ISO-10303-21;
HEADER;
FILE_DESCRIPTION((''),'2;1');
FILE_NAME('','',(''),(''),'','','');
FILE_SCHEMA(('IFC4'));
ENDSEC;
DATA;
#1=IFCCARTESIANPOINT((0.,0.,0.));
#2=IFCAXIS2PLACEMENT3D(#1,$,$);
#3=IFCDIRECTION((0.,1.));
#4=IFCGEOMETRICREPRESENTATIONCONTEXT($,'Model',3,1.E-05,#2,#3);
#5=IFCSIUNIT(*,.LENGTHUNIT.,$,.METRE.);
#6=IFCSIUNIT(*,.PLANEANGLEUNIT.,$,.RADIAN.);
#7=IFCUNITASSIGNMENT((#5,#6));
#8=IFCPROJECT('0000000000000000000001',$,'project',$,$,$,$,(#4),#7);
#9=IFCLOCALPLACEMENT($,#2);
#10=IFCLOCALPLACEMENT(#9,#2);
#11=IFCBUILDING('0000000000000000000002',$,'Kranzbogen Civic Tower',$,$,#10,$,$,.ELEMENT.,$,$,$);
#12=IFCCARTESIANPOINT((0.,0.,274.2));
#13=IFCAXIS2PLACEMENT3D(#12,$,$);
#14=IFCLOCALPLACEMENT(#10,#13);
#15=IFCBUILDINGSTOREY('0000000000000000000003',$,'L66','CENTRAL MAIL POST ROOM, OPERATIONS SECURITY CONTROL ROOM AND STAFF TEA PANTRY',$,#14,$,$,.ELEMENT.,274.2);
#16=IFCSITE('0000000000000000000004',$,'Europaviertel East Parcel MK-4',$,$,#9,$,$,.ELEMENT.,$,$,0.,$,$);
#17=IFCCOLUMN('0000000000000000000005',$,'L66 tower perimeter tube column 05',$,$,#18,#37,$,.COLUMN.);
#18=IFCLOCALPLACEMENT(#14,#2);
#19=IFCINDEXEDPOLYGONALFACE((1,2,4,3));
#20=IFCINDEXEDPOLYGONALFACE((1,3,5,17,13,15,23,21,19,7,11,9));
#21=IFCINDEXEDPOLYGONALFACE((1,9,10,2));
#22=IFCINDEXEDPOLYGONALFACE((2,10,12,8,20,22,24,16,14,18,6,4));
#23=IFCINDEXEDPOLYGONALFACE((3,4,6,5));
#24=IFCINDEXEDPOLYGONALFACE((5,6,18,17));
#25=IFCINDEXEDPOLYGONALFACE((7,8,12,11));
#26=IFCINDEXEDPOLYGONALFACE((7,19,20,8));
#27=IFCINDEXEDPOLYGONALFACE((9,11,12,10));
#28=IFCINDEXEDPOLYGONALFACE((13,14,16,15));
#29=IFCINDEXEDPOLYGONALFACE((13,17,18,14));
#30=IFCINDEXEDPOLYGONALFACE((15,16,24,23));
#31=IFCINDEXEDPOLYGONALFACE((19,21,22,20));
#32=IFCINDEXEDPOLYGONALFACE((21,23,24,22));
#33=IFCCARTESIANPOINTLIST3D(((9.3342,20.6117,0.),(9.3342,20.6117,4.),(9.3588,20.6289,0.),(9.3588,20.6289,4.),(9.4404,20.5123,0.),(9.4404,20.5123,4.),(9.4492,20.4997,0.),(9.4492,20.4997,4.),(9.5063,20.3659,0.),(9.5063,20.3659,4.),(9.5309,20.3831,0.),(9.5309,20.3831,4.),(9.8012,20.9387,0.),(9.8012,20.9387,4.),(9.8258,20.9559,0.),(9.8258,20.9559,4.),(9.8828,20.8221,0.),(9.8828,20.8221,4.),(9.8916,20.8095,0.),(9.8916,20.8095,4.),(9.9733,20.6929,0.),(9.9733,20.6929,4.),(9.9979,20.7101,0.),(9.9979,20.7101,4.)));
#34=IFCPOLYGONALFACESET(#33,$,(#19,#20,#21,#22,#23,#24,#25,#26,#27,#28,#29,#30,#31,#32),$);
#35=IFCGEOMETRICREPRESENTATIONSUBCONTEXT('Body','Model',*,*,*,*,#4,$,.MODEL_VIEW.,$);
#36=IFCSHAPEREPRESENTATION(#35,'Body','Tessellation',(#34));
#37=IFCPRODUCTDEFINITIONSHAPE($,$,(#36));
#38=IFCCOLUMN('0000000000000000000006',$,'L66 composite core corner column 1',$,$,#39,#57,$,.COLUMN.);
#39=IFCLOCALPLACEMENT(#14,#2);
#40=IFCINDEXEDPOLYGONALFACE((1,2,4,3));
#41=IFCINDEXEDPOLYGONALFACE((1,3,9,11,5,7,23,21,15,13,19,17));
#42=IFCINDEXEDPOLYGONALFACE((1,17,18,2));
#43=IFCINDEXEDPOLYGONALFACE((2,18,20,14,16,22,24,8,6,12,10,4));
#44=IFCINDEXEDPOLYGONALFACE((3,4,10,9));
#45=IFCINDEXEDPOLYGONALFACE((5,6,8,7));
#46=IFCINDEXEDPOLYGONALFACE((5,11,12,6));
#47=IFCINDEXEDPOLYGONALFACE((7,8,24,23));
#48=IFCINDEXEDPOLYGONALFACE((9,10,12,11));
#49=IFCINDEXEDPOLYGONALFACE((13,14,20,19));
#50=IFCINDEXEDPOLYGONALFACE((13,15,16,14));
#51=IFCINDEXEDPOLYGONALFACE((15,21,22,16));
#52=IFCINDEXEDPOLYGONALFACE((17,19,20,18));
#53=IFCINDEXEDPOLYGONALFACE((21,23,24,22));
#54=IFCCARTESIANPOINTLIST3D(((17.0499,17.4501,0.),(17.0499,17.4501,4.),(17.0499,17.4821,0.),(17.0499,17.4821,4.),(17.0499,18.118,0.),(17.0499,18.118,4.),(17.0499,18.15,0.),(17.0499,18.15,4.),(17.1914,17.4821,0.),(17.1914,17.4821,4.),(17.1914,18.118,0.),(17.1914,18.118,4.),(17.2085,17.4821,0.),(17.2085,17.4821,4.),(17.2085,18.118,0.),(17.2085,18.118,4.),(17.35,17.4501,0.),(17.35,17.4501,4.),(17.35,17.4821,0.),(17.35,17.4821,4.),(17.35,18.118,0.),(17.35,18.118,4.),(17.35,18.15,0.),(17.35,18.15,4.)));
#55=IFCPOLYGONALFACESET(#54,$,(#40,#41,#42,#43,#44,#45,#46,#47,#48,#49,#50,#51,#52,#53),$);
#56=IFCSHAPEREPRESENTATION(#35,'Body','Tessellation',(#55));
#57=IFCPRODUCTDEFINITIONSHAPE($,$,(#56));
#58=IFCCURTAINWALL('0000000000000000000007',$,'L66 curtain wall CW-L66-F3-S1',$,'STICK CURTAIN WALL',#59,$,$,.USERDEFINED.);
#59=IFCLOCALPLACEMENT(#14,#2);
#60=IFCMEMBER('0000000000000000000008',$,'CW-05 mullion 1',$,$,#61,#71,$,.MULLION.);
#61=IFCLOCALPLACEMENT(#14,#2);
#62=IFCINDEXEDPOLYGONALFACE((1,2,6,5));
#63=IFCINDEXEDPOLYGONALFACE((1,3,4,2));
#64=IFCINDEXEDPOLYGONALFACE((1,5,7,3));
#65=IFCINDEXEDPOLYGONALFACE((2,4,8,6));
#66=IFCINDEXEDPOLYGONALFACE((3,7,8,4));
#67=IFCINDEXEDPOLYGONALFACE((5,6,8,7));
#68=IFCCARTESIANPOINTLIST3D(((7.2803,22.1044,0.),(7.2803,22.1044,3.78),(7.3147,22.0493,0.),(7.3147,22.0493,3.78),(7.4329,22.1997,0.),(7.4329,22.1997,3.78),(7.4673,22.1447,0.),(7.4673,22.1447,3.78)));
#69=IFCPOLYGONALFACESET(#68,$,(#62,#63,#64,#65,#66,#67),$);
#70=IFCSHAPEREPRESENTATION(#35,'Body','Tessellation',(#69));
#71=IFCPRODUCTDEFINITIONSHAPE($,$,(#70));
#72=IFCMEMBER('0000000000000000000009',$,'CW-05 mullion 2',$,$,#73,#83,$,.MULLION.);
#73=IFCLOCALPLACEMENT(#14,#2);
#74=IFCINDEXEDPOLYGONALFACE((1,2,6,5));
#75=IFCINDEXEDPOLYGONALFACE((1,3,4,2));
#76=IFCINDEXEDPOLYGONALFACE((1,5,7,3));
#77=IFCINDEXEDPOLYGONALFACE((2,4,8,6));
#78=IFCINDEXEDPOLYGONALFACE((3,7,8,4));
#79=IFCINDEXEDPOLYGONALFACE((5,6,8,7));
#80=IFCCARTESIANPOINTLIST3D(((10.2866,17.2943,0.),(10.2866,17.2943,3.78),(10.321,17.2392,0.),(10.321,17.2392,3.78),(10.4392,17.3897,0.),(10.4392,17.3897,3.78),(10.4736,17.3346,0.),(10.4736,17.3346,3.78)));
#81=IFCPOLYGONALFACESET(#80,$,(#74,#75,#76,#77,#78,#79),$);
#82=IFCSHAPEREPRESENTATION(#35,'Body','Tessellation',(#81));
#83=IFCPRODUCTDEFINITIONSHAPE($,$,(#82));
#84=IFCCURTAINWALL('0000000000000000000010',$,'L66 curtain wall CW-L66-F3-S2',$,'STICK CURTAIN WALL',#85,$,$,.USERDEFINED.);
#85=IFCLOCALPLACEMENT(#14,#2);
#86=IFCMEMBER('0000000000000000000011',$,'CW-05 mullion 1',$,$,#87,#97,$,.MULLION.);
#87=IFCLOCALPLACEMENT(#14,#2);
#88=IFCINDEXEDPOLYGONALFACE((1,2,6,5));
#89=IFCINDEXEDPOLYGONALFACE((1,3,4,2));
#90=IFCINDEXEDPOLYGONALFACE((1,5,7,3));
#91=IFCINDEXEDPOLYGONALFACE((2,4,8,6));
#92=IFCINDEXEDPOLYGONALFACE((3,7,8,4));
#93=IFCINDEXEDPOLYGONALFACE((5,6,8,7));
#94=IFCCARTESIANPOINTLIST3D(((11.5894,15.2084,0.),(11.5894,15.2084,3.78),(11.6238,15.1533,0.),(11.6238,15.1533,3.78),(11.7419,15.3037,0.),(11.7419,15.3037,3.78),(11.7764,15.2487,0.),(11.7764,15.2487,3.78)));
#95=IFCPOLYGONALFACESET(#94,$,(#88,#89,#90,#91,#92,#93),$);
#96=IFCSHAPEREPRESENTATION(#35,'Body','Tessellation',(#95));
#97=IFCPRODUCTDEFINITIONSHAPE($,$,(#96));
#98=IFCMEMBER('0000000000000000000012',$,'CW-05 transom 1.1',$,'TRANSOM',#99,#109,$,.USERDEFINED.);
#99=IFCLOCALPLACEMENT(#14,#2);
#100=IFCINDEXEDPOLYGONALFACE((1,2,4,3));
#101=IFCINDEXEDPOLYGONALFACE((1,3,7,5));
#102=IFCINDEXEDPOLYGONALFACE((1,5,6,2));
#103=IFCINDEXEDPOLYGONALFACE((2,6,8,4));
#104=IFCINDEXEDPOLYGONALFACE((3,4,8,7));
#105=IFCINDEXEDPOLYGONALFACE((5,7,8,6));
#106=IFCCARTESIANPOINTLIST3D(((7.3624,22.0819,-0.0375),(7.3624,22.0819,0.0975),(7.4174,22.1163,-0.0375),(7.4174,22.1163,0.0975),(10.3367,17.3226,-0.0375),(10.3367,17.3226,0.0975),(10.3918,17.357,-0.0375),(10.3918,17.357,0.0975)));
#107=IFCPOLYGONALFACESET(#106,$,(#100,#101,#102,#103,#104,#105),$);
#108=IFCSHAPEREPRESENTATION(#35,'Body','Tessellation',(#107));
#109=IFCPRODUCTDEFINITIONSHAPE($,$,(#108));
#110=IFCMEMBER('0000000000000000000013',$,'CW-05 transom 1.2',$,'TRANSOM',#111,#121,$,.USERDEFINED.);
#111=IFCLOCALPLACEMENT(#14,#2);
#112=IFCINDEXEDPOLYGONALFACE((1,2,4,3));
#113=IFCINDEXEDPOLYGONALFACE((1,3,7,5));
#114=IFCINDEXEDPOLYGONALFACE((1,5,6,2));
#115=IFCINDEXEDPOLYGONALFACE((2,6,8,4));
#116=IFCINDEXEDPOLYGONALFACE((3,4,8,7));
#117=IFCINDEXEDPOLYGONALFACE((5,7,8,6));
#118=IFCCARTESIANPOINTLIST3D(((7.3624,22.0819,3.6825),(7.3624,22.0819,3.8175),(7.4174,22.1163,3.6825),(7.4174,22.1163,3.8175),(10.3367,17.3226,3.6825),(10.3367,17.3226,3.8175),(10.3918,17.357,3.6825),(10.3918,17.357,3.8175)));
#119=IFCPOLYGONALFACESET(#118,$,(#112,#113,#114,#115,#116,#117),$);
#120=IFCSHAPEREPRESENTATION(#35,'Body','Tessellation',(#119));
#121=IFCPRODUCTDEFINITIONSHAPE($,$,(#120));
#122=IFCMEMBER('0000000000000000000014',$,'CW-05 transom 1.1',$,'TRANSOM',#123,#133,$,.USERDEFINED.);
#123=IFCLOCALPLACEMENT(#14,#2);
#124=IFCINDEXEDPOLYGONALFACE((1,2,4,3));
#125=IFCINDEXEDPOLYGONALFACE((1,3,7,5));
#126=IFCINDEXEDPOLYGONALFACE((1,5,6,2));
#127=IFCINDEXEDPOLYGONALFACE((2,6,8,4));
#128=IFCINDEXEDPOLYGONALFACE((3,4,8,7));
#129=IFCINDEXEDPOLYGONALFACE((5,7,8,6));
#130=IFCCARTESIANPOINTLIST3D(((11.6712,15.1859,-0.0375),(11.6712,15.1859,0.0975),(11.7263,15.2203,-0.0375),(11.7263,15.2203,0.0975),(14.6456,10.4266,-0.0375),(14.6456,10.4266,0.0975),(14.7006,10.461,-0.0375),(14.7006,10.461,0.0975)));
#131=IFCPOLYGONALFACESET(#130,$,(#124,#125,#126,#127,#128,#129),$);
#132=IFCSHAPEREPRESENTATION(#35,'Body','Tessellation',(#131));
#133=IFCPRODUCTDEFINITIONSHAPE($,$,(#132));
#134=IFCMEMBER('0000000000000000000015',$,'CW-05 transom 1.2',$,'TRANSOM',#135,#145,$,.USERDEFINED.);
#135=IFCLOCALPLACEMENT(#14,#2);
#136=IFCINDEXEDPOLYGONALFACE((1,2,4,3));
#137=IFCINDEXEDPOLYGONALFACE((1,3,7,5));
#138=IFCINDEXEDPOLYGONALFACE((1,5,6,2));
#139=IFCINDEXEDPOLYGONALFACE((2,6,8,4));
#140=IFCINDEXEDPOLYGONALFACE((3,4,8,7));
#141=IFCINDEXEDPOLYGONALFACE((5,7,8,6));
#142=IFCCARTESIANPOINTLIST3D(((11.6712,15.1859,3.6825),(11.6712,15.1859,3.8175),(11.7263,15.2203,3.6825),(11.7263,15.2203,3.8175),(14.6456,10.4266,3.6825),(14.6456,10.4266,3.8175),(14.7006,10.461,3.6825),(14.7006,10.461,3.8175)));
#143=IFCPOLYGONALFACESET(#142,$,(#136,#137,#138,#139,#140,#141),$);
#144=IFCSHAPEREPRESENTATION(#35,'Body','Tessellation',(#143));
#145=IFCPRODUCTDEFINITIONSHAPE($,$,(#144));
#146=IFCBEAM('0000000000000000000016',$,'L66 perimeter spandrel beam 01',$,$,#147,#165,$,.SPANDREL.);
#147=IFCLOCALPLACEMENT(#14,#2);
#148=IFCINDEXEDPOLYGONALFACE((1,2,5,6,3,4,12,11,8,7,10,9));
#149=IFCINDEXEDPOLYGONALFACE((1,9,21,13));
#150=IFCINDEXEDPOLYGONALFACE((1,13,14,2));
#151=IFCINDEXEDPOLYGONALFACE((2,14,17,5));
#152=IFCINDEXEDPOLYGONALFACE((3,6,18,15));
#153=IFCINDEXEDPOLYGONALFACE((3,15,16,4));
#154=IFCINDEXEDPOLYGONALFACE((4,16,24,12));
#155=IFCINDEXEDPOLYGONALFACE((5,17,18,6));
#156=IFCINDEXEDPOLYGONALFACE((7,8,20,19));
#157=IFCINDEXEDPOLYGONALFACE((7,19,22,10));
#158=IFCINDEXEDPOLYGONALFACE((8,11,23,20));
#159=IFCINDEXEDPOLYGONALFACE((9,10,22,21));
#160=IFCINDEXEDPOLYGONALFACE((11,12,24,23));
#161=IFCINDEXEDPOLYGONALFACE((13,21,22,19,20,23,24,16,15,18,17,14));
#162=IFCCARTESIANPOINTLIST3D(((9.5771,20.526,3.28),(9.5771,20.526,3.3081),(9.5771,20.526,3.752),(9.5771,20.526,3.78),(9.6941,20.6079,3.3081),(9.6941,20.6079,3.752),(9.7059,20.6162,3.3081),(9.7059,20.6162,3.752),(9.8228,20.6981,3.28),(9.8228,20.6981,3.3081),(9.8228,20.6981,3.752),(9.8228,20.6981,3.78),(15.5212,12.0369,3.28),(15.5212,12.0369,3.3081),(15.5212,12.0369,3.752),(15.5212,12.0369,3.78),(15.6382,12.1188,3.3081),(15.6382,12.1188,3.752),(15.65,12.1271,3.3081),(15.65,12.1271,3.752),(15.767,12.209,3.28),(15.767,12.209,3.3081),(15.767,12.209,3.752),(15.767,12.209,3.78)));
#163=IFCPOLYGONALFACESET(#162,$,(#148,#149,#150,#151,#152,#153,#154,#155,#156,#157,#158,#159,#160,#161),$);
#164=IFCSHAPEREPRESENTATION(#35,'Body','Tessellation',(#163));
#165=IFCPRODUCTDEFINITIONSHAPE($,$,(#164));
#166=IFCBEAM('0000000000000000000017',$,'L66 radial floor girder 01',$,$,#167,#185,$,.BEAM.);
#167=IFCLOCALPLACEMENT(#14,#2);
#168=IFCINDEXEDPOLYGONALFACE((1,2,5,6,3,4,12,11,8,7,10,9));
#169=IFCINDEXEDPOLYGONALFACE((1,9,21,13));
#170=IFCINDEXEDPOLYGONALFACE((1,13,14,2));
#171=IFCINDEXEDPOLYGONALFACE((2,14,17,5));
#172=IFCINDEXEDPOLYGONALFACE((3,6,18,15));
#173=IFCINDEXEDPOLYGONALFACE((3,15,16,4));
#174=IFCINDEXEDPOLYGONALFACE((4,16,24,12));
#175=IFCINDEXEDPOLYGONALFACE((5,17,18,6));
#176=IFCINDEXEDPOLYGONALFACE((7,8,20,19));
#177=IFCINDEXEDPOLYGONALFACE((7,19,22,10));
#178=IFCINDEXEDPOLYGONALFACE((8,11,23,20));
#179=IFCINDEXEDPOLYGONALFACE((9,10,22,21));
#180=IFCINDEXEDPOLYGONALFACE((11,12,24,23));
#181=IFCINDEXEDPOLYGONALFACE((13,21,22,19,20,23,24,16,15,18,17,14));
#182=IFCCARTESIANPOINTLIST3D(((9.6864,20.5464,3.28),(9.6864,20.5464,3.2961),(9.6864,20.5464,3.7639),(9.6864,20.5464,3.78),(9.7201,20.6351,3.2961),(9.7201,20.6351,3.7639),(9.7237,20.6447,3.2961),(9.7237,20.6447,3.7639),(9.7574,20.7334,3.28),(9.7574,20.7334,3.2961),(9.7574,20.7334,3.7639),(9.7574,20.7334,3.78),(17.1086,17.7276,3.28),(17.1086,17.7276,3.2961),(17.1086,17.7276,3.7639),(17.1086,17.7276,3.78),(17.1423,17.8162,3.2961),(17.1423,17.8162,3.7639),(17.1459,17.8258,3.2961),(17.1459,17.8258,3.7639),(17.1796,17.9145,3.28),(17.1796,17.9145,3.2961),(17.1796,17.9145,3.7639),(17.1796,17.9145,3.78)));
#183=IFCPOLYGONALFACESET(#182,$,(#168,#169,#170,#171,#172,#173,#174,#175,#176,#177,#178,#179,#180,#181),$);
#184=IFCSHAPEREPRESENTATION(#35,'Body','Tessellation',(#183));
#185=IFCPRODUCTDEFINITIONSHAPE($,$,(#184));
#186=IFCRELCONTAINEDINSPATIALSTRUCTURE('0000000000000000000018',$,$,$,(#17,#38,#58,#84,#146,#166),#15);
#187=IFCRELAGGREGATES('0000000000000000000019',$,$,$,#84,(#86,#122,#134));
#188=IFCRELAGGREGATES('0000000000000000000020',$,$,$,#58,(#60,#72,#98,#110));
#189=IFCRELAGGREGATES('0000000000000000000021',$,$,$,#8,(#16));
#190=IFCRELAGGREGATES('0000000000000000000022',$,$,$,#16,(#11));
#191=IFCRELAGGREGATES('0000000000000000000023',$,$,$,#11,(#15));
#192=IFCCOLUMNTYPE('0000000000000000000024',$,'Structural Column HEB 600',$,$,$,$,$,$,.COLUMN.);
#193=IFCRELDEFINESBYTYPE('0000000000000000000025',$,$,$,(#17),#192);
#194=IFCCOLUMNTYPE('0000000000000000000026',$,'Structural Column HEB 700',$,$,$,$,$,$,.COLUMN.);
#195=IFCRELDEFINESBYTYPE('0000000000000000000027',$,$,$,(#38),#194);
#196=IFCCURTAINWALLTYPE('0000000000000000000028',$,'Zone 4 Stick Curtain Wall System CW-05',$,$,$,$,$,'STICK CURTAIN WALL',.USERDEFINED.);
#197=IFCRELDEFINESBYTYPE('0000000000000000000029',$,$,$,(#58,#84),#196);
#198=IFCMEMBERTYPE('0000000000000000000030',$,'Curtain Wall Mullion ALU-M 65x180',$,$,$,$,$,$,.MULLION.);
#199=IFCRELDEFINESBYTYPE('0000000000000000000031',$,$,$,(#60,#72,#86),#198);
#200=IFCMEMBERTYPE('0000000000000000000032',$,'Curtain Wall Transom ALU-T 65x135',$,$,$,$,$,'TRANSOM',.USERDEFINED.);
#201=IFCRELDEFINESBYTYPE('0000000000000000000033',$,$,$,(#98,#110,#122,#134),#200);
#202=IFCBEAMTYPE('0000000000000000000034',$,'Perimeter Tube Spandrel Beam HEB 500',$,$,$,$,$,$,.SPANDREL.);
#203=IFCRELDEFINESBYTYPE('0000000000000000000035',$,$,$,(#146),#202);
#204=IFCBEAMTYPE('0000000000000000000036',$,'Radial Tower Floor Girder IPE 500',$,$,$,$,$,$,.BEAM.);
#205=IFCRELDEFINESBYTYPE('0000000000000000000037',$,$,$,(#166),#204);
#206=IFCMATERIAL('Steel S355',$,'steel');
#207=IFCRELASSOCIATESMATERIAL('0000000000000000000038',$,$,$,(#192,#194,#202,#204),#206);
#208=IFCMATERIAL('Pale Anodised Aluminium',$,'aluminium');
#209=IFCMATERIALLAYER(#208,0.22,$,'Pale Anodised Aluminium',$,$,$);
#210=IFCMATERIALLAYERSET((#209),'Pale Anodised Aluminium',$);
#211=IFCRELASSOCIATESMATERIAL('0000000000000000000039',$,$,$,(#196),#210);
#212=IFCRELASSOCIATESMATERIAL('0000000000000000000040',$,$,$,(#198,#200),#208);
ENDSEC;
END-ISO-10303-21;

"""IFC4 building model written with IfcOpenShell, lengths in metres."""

from ifc_helpers import new_model, si_unit, direction, frame, origin, origin_2d, place, context, subcontext, project, spatial, rectangle, i_section, extrude, material, layer, layer_set, material_profile, profile_set, type_object, element, aggregate, save


model = new_model("IFC4")

# Units and contexts
model_context = context("Model", 3, precision=1e-05, world=origin(), true_north=direction((0.0, 1.0)))
body_context = subcontext(model_context, "Body", "Model", "MODEL_VIEW")
ifc_project = project(units=[si_unit("LENGTHUNIT", "METRE"), si_unit("PLANEANGLEUNIT", "RADIAN")], contexts=[model_context])

# Site, building, storey
site_placement = place(None, origin())
site = spatial("IfcSite", under=ifc_project, at=site_placement, Name="Europaviertel East Parcel MK-4", CompositionType="ELEMENT", RefElevation=0.0)
building_placement = place(site_placement, origin())
building = spatial("IfcBuilding", under=site, at=building_placement, Name="Kranzbogen Civic Tower", CompositionType="ELEMENT")
storey_placement = place(building_placement, frame((0.0, 0.0, 274.2)))
storey = spatial("IfcBuildingStorey", under=building, at=storey_placement, Name="L66", Description="CENTRAL MAIL POST ROOM, OPERATIONS SECURITY CONTROL ROOM AND STAFF TEA PANTRY", CompositionType="ELEMENT", Elevation=274.2)

# Columns
ifc_material_1 = material(Name="Steel S355", Category="steel")
ifc_material_profile_1 = material_profile(ifc_material_1, i_section(OverallWidth=0.3, OverallDepth=0.6001, WebThickness=0.0154, FlangeThickness=0.03, at=origin_2d()), Name="HEB 600")
ifc_profile_set_1 = profile_set([ifc_material_profile_1], Name="Steel S355")
column_type_1 = type_object("IfcColumnType", Name="Structural Column HEB 600", PredefinedType="COLUMN", material=ifc_profile_set_1)
column_1_placement = place(storey_placement, frame((9.666, 20.6609, 0.0), z_axis=(0.0, 0.0, 1.0), x_axis=(-0.573576, 0.819152, 0.0)))
element("IfcColumn", 1, at=column_1_placement, inside=storey, type_object=column_type_1, Name="L66 tower perimeter tube column 05", PredefinedType="COLUMN", context=body_context, shape_type="SweptSolid", body=[
    extrude(i_section(OverallWidth=0.3, OverallDepth=0.6001, WebThickness=0.0154, FlangeThickness=0.03, at=origin_2d()), origin(), (0.0, 0.0, 1.0), 4.0),
])
ifc_material_profile_2 = material_profile(ifc_material_1, i_section(OverallWidth=0.3, OverallDepth=0.7, WebThickness=0.0171, FlangeThickness=0.032, at=origin_2d()), Name="HEB 700")
ifc_profile_set_2 = profile_set([ifc_material_profile_2], Name="Steel S355")
column_type_2 = type_object("IfcColumnType", Name="Structural Column HEB 700", PredefinedType="COLUMN", material=ifc_profile_set_2)
column_2_placement = place(storey_placement, frame((17.2, 17.8, 0.0), z_axis=(0.0, 0.0, 1.0), x_axis=(1.0, 0.0, 0.0)))
element("IfcColumn", 2, at=column_2_placement, inside=storey, type_object=column_type_2, Name="L66 composite core corner column 1", PredefinedType="COLUMN", context=body_context, shape_type="SweptSolid", body=[
    extrude(i_section(OverallWidth=0.3, OverallDepth=0.7, WebThickness=0.0171, FlangeThickness=0.032, at=origin_2d()), origin(), (0.0, 0.0, 1.0), 4.0),
])

# Curtain wall, members
ifc_material_2 = material(Name="Pale Anodised Aluminium", Category="aluminium")
ifc_layer_1 = layer(ifc_material_2, 0.22, Name="Pale Anodised Aluminium")
ifc_layer_set_1 = layer_set([ifc_layer_1], Name="Pale Anodised Aluminium")
curtain_wall_type = type_object("IfcCurtainWallType", Name="Zone 4 Stick Curtain Wall System CW-05", ElementType="STICK CURTAIN WALL", PredefinedType="USERDEFINED", material=ifc_layer_set_1)
curtain_wall_1_placement = place(storey_placement, origin())
curtain_wall_1 = element("IfcCurtainWall", 3, at=curtain_wall_1_placement, inside=storey, type_object=curtain_wall_type, Name="L66 curtain wall CW-L66-F3-S1", ObjectType="STICK CURTAIN WALL", PredefinedType="USERDEFINED")
ifc_material_profile_3 = material_profile(ifc_material_2, rectangle(XDim=0.0649, YDim=0.1799, at=origin_2d()), Name="ALU-M 65x180")
ifc_profile_set_3 = profile_set([ifc_material_profile_3], Name="Pale Anodised Aluminium")
member_type_1 = type_object("IfcMemberType", Name="Curtain Wall Mullion ALU-M 65x180", PredefinedType="MULLION", material=ifc_profile_set_3)
member_1_placement = place(storey_placement, frame((7.3738, 22.1245, 0.0), z_axis=(0.0, 0.0, 1.0), x_axis=(0.529983, -0.848008, 0.0)))
member_1 = element("IfcMember", 4, at=member_1_placement, type_object=member_type_1, Name="CW-05 mullion 1", PredefinedType="MULLION", context=body_context, shape_type="SweptSolid", body=[
    extrude(rectangle(XDim=0.0649, YDim=0.1799, at=origin_2d()), origin(), (0.0, 0.0, 1.0), 3.78),
])
member_2_placement = place(storey_placement, frame((10.3801, 17.3145, 0.0), z_axis=(0.0, 0.0, 1.0), x_axis=(0.529983, -0.848008, 0.0)))
member_2 = element("IfcMember", 5, at=member_2_placement, type_object=member_type_1, Name="CW-05 mullion 2", PredefinedType="MULLION", context=body_context, shape_type="SweptSolid", body=[
    extrude(rectangle(XDim=0.0649, YDim=0.1799, at=origin_2d()), origin(), (0.0, 0.0, 1.0), 3.78),
])

# Curtain wall, member
curtain_wall_2_placement = place(storey_placement, origin())
curtain_wall_2 = element("IfcCurtainWall", 6, at=curtain_wall_2_placement, inside=storey, type_object=curtain_wall_type, Name="L66 curtain wall CW-L66-F3-S2", ObjectType="STICK CURTAIN WALL", PredefinedType="USERDEFINED")
member_3_placement = place(storey_placement, frame((11.6829, 15.2285, 0.0), z_axis=(0.0, 0.0, 1.0), x_axis=(0.529983, -0.848008, 0.0)))
member_3 = element("IfcMember", 7, at=member_3_placement, type_object=member_type_1, Name="CW-05 mullion 1", PredefinedType="MULLION", context=body_context, shape_type="SweptSolid", body=[
    extrude(rectangle(XDim=0.0649, YDim=0.1799, at=origin_2d()), origin(), (0.0, 0.0, 1.0), 3.78),
])

# Members
ifc_material_profile_4 = material_profile(ifc_material_2, rectangle(XDim=0.0649, YDim=0.135, at=origin_2d()), Name="ALU-T 65x135")
ifc_profile_set_4 = profile_set([ifc_material_profile_4], Name="Pale Anodised Aluminium")
member_type_2 = type_object("IfcMemberType", Name="Curtain Wall Transom ALU-T 65x135", ElementType="TRANSOM", PredefinedType="USERDEFINED", material=ifc_profile_set_4)
member_4_placement = place(storey_placement, frame((7.3899, 22.0991, 0.03), z_axis=(0.529975, -0.848013, 0.0), x_axis=(0.848013, 0.529975, 0.0)))
member_4 = element("IfcMember", 8, at=member_4_placement, type_object=member_type_2, Name="CW-05 transom 1.1", ObjectType="TRANSOM", PredefinedType="USERDEFINED", context=body_context, shape_type="SweptSolid", body=[
    extrude(rectangle(XDim=0.0649, YDim=0.135, at=origin_2d()), origin(), (0.0, 0.0, 1.0), 5.6123),
])
member_5_placement = place(storey_placement, frame((7.3899, 22.0991, 3.75), z_axis=(0.529975, -0.848013, 0.0), x_axis=(0.848013, 0.529975, 0.0)))
member_5 = element("IfcMember", 9, at=member_5_placement, type_object=member_type_2, Name="CW-05 transom 1.2", ObjectType="TRANSOM", PredefinedType="USERDEFINED", context=body_context, shape_type="SweptSolid", body=[
    extrude(rectangle(XDim=0.0649, YDim=0.135, at=origin_2d()), origin(), (0.0, 0.0, 1.0), 5.6123),
])
member_6_placement = place(storey_placement, frame((11.6987, 15.2031, 0.03), z_axis=(0.529975, -0.848013, 0.0), x_axis=(0.848013, 0.529975, 0.0)))
member_6 = element("IfcMember", 10, at=member_6_placement, type_object=member_type_2, Name="CW-05 transom 1.1", ObjectType="TRANSOM", PredefinedType="USERDEFINED", context=body_context, shape_type="SweptSolid", body=[
    extrude(rectangle(XDim=0.0649, YDim=0.135, at=origin_2d()), origin(), (0.0, 0.0, 1.0), 5.6123),
])
member_7_placement = place(storey_placement, frame((11.6987, 15.2031, 3.75), z_axis=(0.529975, -0.848013, 0.0), x_axis=(0.848013, 0.529975, 0.0)))
member_7 = element("IfcMember", 11, at=member_7_placement, type_object=member_type_2, Name="CW-05 transom 1.2", ObjectType="TRANSOM", PredefinedType="USERDEFINED", context=body_context, shape_type="SweptSolid", body=[
    extrude(rectangle(XDim=0.0649, YDim=0.135, at=origin_2d()), origin(), (0.0, 0.0, 1.0), 5.6123),
])
aggregate(curtain_wall_2, [member_3, member_6, member_7])

# Beams
ifc_material_profile_5 = material_profile(ifc_material_1, i_section(OverallWidth=0.3, OverallDepth=0.5, WebThickness=0.0144, FlangeThickness=0.0281, at=origin_2d()), Name="HEB 500")
ifc_profile_set_5 = profile_set([ifc_material_profile_5], Name="Steel S355")
beam_type_1 = type_object("IfcBeamType", Name="Perimeter Tube Spandrel Beam HEB 500", PredefinedType="SPANDREL", material=ifc_profile_set_5)
beam_1_placement = place(storey_placement, frame((9.7, 20.6121, 3.53), z_axis=(0.573578, -0.819151, 0.0), x_axis=(0.819151, 0.573578, 0.0)))
element("IfcBeam", 12, at=beam_1_placement, inside=storey, type_object=beam_type_1, Name="L66 perimeter spandrel beam 01", PredefinedType="SPANDREL", context=body_context, shape_type="SweptSolid", body=[
    extrude(i_section(OverallWidth=0.3, OverallDepth=0.5, WebThickness=0.0144, FlangeThickness=0.0281, at=origin_2d()), origin(), (0.0, 0.0, 1.0), 10.3633),
])
ifc_material_profile_6 = material_profile(ifc_material_1, i_section(OverallWidth=0.2, OverallDepth=0.5, WebThickness=0.0103, FlangeThickness=0.0161, at=origin_2d()), Name="IPE 500")
ifc_profile_set_6 = profile_set([ifc_material_profile_6], Name="Steel S355")
beam_type_2 = type_object("IfcBeamType", Name="Radial Tower Floor Girder IPE 500", PredefinedType="BEAM", material=ifc_profile_set_6)
beam_2_placement = place(storey_placement, frame((9.7219, 20.6399, 3.53), z_axis=(0.934849, -0.355046, 0.0), x_axis=(0.355046, 0.934849, 0.0)))
element("IfcBeam", 13, at=beam_2_placement, inside=storey, type_object=beam_type_2, Name="L66 radial floor girder 01", PredefinedType="BEAM", context=body_context, shape_type="SweptSolid", body=[
    extrude(i_section(OverallWidth=0.2, OverallDepth=0.5, WebThickness=0.0103, FlangeThickness=0.0161, at=origin_2d()), origin(), (0.0, 0.0, 1.0), 7.9395),
])

aggregate(curtain_wall_1, [member_1, member_2, member_4, member_5])

save(model, "model.ifc")
